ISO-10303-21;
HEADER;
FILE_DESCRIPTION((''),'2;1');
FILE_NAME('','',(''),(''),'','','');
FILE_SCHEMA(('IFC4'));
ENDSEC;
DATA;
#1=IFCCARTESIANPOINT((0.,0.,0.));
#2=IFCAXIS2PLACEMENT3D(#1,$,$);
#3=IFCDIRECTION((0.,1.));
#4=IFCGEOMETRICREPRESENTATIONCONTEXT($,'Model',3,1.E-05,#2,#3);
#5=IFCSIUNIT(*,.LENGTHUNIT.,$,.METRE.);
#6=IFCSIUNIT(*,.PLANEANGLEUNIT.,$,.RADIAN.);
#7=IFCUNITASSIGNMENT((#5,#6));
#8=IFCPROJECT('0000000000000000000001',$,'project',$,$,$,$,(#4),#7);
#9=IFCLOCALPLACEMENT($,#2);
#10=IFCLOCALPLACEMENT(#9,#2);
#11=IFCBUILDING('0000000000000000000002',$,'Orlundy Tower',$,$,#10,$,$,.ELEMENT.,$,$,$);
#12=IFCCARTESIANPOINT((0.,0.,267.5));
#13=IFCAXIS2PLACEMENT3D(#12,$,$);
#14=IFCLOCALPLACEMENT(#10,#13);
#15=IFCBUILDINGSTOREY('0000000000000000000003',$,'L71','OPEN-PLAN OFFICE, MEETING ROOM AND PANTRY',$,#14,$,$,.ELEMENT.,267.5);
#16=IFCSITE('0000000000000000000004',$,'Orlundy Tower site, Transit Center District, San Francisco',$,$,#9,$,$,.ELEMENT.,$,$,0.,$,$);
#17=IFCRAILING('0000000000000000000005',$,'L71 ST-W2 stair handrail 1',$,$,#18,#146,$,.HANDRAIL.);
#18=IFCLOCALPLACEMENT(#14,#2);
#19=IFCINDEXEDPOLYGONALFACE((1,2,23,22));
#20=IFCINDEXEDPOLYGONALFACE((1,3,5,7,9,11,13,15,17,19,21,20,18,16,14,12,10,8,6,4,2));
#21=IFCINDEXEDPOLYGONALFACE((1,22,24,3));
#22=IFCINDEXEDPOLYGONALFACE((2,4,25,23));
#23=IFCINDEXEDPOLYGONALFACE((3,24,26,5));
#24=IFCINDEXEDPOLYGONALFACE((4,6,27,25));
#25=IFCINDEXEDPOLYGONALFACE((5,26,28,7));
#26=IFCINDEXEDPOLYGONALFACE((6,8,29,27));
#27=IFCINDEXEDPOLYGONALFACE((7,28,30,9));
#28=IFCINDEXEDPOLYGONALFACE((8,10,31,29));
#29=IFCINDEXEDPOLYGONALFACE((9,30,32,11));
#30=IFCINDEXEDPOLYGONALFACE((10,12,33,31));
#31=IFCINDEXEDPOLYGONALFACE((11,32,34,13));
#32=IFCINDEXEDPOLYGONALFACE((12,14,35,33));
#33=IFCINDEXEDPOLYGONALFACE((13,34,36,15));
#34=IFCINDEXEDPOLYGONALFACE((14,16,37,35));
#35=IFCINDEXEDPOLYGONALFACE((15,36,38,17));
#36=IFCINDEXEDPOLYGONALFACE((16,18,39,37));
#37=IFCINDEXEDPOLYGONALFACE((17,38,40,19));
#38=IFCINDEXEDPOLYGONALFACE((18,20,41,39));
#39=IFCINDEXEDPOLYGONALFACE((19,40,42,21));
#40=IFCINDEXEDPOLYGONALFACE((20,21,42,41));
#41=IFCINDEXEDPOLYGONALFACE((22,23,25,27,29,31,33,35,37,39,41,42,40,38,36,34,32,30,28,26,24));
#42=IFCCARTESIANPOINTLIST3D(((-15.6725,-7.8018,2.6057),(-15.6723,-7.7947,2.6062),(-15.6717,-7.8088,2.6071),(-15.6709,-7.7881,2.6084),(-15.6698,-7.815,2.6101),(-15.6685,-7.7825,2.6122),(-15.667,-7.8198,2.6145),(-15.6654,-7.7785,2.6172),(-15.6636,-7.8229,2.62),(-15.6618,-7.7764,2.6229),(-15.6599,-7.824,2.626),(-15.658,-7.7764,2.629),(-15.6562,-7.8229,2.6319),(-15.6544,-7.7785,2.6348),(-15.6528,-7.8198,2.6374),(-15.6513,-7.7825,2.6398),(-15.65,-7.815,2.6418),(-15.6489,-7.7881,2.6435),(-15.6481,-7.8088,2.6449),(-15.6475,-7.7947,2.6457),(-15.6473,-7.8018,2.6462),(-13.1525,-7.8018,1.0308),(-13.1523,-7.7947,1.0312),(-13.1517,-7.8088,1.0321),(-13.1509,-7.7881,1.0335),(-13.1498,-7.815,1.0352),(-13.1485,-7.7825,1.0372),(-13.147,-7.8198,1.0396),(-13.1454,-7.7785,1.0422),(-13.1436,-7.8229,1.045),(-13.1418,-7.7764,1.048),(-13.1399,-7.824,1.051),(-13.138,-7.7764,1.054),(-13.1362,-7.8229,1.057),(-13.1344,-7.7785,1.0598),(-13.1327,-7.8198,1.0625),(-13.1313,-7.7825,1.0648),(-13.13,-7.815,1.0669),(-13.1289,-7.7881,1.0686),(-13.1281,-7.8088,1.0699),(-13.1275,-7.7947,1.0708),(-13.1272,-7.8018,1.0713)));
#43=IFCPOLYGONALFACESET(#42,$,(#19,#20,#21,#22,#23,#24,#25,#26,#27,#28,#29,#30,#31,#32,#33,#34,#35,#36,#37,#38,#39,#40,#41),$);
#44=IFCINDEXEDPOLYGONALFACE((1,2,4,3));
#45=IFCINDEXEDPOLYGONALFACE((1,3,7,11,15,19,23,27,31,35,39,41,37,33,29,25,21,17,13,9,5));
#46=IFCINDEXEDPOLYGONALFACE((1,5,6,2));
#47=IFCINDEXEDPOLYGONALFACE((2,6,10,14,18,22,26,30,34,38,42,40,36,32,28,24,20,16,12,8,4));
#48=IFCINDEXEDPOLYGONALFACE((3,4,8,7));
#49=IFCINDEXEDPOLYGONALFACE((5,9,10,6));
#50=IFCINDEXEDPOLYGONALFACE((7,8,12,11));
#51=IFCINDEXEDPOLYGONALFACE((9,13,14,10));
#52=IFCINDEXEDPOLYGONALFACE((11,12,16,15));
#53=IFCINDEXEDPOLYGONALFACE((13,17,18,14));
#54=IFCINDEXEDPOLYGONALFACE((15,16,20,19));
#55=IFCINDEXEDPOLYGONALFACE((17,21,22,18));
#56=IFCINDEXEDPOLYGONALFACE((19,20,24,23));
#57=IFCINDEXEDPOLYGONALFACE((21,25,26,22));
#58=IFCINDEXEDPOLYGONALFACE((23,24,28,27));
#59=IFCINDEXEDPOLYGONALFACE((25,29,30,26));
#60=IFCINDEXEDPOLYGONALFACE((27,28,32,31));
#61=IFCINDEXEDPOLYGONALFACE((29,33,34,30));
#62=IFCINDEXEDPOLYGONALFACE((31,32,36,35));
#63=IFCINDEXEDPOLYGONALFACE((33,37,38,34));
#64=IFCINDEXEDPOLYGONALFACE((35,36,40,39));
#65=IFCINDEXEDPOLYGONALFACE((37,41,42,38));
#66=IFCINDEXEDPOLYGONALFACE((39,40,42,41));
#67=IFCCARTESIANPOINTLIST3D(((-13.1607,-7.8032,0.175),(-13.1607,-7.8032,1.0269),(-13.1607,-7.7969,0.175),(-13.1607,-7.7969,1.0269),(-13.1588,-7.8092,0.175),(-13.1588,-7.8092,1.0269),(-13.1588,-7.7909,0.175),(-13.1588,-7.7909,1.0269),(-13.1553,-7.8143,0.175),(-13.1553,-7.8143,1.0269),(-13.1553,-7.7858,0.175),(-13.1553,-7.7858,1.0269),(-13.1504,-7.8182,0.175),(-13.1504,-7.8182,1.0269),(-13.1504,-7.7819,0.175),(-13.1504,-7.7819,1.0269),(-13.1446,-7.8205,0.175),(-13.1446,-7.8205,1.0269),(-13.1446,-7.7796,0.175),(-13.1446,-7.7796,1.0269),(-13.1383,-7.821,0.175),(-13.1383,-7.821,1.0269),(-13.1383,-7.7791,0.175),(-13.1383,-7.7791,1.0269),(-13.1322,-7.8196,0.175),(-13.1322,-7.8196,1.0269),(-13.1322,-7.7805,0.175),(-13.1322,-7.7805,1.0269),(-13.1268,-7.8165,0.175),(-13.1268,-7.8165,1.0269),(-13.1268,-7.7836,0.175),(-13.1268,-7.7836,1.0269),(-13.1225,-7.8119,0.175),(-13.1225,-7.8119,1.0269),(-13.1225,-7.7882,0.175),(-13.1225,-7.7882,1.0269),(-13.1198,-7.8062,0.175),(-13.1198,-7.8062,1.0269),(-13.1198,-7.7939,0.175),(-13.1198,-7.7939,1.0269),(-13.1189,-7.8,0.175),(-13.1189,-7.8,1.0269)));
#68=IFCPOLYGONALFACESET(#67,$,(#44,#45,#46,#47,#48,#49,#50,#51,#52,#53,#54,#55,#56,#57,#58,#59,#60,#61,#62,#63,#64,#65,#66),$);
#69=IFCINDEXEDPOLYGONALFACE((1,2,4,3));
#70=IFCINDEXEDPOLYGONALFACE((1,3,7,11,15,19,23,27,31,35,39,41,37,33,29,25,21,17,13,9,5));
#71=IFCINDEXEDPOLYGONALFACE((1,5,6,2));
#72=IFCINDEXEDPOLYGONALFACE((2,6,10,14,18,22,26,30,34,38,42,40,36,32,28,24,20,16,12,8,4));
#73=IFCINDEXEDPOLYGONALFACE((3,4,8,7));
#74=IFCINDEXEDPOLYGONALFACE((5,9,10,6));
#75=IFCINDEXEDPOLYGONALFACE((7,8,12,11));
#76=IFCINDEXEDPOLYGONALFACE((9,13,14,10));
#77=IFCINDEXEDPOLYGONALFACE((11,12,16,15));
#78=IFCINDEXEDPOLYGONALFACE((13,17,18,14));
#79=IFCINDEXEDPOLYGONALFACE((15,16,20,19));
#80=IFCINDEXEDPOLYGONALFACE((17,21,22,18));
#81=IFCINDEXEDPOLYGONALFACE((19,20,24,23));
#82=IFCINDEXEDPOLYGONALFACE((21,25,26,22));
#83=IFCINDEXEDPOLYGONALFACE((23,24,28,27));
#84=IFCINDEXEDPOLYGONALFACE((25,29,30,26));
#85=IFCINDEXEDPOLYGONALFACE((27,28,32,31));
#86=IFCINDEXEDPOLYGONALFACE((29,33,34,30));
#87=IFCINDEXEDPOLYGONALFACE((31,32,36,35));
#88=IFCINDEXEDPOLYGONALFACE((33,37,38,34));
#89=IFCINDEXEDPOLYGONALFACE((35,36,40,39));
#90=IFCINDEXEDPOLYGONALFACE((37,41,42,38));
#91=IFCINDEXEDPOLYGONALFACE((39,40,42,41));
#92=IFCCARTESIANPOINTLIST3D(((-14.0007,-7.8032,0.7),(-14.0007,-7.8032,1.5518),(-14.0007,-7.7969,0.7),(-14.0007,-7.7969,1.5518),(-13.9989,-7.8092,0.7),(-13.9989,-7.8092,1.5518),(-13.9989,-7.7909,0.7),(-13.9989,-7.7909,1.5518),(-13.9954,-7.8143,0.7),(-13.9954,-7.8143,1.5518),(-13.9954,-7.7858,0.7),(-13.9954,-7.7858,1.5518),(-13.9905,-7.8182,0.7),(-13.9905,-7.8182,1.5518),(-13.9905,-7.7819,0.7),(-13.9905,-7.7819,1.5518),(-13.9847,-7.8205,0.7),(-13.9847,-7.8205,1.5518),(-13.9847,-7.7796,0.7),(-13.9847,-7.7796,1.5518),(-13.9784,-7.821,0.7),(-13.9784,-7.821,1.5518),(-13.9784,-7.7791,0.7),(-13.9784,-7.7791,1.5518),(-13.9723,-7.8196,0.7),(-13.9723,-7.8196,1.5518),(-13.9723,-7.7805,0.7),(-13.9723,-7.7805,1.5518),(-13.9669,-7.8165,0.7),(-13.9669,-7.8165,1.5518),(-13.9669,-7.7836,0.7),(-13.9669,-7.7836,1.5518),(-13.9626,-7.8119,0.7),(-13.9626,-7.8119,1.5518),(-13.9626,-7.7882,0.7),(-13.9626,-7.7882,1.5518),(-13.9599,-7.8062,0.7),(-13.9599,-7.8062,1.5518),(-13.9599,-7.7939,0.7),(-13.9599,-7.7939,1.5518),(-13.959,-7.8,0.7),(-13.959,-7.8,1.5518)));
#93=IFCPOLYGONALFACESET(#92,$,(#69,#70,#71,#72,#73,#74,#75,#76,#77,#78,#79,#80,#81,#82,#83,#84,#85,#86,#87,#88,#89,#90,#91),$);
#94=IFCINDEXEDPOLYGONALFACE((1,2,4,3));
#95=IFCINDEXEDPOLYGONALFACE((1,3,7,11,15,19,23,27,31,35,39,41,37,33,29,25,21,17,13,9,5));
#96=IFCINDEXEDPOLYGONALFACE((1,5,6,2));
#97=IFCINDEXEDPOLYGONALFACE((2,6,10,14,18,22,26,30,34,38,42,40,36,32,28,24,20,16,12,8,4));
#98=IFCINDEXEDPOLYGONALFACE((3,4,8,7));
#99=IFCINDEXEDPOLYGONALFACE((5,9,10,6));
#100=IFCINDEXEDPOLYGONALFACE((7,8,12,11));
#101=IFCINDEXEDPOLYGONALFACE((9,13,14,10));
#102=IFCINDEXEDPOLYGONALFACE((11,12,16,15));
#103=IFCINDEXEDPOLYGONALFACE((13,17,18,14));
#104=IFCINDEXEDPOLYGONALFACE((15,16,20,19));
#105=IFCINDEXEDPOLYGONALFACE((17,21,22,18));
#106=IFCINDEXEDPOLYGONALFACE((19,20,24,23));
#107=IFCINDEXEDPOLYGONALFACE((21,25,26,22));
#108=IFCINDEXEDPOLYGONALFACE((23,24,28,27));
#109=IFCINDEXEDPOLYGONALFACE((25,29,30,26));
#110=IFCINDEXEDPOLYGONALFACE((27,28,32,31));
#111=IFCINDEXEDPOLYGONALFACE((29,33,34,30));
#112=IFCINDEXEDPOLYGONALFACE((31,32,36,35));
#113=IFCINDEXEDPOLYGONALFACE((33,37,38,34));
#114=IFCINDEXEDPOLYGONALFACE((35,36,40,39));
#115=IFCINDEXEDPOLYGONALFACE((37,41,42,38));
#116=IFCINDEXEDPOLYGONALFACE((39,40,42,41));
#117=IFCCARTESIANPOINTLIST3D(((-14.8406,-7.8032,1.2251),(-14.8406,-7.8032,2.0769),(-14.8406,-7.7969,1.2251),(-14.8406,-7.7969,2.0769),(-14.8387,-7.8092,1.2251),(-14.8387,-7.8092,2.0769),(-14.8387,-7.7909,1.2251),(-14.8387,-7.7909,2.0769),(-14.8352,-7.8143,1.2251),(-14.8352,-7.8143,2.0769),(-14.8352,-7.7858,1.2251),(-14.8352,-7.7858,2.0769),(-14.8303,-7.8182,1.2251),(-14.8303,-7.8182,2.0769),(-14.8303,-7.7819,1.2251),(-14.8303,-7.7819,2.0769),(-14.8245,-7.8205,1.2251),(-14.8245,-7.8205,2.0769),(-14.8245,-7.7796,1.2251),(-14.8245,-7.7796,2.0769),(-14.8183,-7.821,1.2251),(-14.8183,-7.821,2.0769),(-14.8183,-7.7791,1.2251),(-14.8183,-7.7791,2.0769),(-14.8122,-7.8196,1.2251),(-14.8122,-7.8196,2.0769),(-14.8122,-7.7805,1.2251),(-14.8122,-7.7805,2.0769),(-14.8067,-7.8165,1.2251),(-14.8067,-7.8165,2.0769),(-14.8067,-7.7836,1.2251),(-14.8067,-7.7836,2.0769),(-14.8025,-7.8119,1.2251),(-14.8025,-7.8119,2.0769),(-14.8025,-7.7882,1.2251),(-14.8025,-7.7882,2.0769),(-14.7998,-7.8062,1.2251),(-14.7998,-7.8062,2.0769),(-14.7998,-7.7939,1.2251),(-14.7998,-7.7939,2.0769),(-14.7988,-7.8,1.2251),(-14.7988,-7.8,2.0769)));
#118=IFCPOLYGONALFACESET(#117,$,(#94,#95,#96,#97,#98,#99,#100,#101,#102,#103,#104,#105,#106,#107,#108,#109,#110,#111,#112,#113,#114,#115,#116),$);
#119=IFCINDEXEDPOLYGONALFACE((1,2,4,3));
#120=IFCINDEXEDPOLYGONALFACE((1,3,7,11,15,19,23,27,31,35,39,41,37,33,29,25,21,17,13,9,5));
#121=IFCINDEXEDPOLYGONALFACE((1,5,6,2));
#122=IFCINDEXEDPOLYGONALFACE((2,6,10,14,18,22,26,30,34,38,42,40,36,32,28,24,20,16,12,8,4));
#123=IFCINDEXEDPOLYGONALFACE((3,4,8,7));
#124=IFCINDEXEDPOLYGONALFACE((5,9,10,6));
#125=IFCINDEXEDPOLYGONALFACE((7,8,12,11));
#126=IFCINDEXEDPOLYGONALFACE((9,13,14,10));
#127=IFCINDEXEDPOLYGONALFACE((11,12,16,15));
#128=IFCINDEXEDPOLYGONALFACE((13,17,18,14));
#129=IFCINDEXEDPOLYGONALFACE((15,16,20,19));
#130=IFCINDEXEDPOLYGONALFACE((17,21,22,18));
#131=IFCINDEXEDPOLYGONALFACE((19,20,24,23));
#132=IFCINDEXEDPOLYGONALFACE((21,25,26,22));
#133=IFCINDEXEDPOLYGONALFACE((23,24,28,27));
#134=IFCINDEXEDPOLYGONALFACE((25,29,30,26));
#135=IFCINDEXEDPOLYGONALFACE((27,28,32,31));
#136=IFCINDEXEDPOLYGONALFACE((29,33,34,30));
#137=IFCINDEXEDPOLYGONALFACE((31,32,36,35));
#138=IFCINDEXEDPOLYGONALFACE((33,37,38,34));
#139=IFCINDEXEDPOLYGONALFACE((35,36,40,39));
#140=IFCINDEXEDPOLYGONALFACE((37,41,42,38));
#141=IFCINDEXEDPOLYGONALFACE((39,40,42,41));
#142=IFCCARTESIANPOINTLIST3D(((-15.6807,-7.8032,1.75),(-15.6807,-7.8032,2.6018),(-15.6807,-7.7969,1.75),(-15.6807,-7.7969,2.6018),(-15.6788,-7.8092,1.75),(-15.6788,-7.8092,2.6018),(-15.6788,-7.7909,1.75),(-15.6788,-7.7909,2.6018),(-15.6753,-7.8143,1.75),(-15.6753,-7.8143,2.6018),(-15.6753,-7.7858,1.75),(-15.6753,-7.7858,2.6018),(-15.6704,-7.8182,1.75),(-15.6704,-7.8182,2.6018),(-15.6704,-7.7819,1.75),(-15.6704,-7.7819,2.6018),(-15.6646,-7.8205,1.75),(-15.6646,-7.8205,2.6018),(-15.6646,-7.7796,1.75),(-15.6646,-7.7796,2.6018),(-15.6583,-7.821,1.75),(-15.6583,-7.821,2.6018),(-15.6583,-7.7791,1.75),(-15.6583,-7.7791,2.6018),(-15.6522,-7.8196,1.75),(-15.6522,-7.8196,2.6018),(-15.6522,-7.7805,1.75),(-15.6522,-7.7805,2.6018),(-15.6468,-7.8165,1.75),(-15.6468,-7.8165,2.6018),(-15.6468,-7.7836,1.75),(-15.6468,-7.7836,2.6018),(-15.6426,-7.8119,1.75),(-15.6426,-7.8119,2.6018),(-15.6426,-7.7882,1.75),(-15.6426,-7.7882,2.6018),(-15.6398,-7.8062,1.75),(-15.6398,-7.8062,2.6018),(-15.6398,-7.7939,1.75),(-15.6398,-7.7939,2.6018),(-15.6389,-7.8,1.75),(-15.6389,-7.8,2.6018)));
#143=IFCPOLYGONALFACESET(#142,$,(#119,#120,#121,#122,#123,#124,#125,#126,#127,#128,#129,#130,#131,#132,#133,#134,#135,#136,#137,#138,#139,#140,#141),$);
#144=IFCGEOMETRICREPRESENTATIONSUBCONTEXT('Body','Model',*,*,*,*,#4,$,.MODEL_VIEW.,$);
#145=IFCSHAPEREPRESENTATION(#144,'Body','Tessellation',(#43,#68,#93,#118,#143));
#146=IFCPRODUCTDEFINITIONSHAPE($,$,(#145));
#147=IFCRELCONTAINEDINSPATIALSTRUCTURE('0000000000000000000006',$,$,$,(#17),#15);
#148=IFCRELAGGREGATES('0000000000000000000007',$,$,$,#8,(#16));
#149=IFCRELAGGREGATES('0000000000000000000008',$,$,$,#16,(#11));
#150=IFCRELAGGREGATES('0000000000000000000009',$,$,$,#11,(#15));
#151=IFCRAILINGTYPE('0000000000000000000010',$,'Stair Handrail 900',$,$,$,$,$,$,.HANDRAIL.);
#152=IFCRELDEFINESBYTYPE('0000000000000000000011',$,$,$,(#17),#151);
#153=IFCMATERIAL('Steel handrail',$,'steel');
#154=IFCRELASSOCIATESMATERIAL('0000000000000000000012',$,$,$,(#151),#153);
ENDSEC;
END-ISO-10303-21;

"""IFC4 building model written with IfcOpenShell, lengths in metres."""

from ifc_helpers import new_model, si_unit, direction, frame, origin, origin_2d, place, context, subcontext, project, spatial, circle, extrude, material, type_object, element, save


model = new_model("IFC4")

# Units and contexts
model_context = context("Model", 3, precision=1e-05, world=origin(), true_north=direction((0.0, 1.0)))
body_context = subcontext(model_context, "Body", "Model", "MODEL_VIEW")
ifc_project = project(units=[si_unit("LENGTHUNIT", "METRE"), si_unit("PLANEANGLEUNIT", "RADIAN")], contexts=[model_context])

# Site, building, storey
site_placement = place(None, origin())
site = spatial("IfcSite", under=ifc_project, at=site_placement, Name="Orlundy Tower site, Transit Center District, San Francisco", CompositionType="ELEMENT", RefElevation=0.0)
building_placement = place(site_placement, origin())
building = spatial("IfcBuilding", under=site, at=building_placement, Name="Orlundy Tower", CompositionType="ELEMENT")
storey_placement = place(building_placement, frame((0.0, 0.0, 267.5)))
storey = spatial("IfcBuildingStorey", under=building, at=storey_placement, Name="L71", Description="OPEN-PLAN OFFICE, MEETING ROOM AND PANTRY", CompositionType="ELEMENT", Elevation=267.5)

# Railing
ifc_material_1 = material(Name="Steel handrail", Category="steel")
railing_type = type_object("IfcRailingType", Name="Stair Handrail 900", PredefinedType="HANDRAIL", material=ifc_material_1)
railing_1_placement = place(storey_placement, frame((-13.1399, -7.8, 0.175)))
element("IfcRailing", 1, at=railing_1_placement, inside=storey, type_object=railing_type, Name="L71 ST-W2 stair handrail 1", PredefinedType="HANDRAIL", context=body_context, shape_type="SweptSolid", body=[
    extrude(circle(Radius=0.0239, at=origin_2d()), frame((0.0, 0.0, 0.876), z_axis=(-0.848008, 0.0, 0.529984), x_axis=(0.0, -1.0, 0.0)), (0.0, 0.0, 1.0), 2.9717),
    extrude(circle(Radius=0.021, at=origin_2d()), origin(), (0.0, 0.0, 1.0), 0.8518),
    extrude(circle(Radius=0.021, at=origin_2d()), frame((-0.8401, 0.0, 0.5249)), (0.0, 0.0, 1.0), 0.8518),
    extrude(circle(Radius=0.021, at=origin_2d()), frame((-1.6799, 0.0, 1.05)), (0.0, 0.0, 1.0), 0.8518),
    extrude(circle(Radius=0.021, at=origin_2d()), frame((-2.52, 0.0, 1.575)), (0.0, 0.0, 1.0), 0.8518),
])

save(model, "model.ifc")
